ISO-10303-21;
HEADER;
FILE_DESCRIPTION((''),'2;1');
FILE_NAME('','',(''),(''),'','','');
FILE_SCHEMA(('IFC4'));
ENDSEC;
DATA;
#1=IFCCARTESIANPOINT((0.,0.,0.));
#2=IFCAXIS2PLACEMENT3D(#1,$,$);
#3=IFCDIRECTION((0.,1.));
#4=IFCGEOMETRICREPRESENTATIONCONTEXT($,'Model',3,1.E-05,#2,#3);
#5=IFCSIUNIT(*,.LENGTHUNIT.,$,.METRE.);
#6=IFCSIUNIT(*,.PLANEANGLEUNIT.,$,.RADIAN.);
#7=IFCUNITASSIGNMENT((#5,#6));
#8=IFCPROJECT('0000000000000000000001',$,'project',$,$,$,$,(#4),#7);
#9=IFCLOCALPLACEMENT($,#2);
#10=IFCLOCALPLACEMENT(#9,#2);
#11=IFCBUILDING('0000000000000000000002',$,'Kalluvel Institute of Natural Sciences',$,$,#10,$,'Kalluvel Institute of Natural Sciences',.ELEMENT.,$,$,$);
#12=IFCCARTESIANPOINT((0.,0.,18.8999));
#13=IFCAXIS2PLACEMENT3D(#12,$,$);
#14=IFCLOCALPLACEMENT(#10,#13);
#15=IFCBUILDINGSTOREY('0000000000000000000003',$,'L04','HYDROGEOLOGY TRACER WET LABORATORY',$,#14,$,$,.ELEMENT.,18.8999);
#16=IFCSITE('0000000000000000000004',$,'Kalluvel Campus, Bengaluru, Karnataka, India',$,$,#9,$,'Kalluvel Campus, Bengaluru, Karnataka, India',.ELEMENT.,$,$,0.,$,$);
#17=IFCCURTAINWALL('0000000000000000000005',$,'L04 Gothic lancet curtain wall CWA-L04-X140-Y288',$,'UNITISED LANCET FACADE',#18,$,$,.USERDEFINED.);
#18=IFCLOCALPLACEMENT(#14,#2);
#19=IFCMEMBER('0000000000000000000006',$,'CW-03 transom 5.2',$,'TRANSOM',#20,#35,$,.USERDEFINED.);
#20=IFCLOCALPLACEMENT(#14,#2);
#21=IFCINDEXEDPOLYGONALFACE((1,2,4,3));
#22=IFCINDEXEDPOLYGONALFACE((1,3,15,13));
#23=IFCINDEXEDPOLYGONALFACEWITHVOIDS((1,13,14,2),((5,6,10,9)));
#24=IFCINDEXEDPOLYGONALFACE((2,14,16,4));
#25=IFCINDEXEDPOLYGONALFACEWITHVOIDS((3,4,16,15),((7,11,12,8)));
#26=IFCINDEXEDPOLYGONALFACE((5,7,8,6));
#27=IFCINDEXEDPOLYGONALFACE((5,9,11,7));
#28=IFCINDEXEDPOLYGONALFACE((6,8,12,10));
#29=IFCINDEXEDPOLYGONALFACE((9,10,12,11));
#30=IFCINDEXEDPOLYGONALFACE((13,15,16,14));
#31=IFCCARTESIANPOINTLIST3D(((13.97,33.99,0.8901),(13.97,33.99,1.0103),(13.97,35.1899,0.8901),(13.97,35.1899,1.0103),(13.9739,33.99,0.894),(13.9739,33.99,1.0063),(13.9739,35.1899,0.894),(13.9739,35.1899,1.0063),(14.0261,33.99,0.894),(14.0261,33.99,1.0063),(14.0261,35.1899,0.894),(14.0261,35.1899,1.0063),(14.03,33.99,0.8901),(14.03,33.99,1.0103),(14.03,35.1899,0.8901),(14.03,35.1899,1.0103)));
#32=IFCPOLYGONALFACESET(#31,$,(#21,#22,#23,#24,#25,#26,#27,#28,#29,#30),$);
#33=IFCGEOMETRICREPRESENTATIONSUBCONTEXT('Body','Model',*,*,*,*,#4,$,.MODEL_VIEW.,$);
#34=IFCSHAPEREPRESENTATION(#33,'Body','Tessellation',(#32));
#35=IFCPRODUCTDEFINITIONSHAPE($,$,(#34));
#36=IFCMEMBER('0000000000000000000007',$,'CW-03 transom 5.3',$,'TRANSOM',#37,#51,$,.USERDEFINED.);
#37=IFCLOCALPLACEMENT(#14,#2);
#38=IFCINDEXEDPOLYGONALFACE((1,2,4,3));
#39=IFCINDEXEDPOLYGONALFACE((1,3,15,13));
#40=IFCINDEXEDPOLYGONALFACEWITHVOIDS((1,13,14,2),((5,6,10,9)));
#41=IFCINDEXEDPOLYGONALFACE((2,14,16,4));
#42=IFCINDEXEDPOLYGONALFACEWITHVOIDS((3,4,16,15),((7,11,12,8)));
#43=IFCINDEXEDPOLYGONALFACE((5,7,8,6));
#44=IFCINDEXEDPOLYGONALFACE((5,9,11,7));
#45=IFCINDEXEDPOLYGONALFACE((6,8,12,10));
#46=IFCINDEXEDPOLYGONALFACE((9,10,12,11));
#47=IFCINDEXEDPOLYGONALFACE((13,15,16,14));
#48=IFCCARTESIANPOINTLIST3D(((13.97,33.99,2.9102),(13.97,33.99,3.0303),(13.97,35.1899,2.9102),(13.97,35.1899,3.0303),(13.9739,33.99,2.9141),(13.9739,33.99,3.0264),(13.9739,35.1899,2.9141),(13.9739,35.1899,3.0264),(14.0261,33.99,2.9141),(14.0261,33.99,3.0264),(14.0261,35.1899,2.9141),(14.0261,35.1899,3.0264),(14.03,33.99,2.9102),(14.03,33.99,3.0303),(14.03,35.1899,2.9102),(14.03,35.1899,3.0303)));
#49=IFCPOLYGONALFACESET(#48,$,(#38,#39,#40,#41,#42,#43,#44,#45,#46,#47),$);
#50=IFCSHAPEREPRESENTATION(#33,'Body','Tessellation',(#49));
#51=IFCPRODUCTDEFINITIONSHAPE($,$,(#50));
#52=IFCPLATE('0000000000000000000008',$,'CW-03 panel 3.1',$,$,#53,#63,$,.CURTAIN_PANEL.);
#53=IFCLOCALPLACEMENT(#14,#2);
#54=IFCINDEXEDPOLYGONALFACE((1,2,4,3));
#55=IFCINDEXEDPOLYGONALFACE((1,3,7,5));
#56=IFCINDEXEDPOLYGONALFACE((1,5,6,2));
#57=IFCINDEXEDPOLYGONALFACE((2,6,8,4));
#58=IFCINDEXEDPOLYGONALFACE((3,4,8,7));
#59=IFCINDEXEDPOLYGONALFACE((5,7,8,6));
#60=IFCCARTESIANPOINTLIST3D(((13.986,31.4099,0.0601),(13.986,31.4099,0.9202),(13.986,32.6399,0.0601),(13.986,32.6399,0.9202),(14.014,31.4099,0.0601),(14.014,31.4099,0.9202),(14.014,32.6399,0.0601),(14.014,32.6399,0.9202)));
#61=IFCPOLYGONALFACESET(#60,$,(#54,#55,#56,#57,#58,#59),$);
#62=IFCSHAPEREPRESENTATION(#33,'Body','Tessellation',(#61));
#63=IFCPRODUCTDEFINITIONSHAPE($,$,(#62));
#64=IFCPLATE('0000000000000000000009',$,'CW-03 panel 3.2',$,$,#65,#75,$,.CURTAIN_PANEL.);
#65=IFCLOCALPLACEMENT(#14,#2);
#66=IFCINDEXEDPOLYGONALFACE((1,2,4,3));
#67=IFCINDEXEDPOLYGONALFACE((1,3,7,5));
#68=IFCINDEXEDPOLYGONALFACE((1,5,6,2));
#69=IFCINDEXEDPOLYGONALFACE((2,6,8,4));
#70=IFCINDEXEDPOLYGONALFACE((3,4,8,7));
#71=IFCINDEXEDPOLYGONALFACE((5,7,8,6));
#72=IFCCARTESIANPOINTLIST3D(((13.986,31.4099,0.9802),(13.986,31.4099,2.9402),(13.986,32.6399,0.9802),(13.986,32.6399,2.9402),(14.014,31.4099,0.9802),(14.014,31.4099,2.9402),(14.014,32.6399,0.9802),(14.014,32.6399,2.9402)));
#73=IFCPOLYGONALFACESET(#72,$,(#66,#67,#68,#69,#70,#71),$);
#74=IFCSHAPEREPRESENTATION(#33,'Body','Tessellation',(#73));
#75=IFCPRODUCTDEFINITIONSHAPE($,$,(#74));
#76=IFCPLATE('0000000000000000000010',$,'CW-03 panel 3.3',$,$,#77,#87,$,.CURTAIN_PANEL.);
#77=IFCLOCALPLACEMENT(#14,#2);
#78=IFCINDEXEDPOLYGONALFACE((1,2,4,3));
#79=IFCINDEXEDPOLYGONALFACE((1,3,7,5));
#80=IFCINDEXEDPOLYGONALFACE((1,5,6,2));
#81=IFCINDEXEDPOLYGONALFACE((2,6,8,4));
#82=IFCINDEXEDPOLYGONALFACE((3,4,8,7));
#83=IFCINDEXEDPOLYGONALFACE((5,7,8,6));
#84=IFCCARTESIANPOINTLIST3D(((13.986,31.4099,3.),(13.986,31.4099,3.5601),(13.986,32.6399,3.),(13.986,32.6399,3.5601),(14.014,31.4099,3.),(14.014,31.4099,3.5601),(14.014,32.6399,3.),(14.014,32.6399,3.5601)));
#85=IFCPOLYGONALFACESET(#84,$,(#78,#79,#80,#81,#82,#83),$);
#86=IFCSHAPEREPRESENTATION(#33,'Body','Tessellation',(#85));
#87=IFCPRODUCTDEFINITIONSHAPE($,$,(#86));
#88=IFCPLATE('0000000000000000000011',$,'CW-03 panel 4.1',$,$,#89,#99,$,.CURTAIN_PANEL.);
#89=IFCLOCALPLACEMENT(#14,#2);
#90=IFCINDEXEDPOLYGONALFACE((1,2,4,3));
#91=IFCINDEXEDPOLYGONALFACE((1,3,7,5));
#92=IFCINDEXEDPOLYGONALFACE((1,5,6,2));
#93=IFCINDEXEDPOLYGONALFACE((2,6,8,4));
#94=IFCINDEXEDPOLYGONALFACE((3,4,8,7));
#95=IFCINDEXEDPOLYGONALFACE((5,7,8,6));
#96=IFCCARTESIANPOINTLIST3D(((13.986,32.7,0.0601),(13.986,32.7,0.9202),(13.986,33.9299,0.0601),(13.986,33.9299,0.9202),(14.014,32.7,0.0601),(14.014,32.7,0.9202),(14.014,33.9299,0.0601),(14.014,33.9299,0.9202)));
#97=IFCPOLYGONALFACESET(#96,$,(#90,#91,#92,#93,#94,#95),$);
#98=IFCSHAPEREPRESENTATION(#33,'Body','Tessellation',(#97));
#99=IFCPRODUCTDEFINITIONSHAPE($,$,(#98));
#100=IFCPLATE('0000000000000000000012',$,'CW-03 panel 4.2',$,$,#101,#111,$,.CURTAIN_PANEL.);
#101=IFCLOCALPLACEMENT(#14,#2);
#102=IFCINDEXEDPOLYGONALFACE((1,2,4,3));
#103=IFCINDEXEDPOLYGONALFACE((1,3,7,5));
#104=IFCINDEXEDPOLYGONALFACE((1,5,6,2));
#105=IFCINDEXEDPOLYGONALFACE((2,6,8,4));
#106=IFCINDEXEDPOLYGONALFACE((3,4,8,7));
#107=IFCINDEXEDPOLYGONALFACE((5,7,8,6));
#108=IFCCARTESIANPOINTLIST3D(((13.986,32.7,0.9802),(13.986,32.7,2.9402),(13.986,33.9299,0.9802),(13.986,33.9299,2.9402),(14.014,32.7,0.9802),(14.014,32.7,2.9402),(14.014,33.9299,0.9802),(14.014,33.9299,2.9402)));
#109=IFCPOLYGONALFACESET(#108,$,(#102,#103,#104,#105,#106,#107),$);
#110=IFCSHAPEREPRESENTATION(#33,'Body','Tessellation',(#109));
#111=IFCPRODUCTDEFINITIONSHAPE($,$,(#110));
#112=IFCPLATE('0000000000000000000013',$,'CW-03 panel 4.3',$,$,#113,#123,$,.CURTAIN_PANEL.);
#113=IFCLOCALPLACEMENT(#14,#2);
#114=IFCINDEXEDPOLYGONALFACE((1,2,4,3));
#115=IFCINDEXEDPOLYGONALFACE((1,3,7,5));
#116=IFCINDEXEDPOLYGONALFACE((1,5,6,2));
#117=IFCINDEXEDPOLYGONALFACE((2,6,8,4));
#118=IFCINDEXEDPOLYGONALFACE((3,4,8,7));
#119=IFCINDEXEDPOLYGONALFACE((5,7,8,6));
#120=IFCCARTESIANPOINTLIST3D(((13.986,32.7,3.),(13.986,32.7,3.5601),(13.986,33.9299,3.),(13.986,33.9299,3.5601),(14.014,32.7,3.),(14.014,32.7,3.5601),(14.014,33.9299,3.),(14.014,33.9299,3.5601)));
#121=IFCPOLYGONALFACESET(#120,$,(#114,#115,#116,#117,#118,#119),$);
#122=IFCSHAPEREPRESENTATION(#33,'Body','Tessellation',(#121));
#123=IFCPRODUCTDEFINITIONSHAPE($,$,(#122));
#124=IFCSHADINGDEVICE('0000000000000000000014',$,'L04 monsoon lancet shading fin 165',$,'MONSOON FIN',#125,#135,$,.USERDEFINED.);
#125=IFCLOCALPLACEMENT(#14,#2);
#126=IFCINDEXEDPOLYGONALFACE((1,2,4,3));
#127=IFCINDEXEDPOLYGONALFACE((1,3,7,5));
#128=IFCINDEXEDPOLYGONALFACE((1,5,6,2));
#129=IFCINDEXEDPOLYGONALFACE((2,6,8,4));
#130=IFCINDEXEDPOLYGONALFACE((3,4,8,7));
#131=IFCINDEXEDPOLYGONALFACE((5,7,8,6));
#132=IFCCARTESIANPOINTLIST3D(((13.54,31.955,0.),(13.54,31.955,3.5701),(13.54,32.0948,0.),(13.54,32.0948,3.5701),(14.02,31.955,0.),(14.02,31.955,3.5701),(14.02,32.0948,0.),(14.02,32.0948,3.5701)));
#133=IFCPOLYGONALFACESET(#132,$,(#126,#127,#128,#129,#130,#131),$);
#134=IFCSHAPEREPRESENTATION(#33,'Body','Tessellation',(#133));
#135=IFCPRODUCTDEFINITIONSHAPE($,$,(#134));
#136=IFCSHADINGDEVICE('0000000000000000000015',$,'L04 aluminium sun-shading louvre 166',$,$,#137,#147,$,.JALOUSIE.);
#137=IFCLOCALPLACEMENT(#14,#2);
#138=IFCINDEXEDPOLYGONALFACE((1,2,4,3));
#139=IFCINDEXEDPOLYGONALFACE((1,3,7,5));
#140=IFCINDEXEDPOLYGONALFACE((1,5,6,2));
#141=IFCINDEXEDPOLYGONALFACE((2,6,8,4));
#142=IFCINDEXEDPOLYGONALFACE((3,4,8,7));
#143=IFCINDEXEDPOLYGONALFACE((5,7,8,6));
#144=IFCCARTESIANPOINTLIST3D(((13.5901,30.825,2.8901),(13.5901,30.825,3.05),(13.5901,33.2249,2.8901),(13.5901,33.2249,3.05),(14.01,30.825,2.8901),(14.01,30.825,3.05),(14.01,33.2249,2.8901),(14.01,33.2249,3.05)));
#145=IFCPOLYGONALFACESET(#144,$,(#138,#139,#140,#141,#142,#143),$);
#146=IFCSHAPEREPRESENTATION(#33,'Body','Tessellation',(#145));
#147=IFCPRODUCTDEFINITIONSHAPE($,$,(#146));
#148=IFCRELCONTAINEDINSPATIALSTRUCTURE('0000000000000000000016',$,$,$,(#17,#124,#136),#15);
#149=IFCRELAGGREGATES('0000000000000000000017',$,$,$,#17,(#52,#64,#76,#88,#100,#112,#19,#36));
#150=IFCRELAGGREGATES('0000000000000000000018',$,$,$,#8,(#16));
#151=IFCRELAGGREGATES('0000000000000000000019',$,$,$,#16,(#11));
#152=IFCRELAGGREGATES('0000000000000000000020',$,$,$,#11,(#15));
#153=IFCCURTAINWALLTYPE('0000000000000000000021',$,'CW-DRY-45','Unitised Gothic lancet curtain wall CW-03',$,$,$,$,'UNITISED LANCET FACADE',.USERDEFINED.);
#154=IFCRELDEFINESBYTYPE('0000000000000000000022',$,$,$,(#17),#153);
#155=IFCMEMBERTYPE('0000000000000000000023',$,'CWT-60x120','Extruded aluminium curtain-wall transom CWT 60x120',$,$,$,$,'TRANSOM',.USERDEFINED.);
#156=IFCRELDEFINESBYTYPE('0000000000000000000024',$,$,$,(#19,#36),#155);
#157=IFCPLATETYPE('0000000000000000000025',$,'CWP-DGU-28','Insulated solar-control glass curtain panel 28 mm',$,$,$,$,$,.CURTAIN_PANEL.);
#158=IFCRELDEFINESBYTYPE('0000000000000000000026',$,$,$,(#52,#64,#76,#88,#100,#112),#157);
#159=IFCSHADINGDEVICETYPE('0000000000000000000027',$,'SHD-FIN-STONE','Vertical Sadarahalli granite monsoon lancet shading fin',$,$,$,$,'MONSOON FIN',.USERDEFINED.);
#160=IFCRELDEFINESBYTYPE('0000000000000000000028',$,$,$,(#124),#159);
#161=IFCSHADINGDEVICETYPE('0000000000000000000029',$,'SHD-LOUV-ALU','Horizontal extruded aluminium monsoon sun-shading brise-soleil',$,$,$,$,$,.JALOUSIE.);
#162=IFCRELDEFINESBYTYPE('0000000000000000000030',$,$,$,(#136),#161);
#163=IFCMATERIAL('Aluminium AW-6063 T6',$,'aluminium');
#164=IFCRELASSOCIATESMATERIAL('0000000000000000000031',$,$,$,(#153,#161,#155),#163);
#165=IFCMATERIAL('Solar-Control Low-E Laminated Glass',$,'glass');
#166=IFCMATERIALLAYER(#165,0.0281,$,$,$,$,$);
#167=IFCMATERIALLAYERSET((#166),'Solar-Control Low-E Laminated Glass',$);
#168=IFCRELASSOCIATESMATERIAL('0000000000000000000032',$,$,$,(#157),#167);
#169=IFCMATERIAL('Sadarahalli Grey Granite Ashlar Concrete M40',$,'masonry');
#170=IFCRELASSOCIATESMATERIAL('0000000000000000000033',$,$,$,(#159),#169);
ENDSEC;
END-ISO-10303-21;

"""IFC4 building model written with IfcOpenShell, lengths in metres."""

from ifc_helpers import new_model, si_unit, direction, frame, origin, origin_2d, place, context, subcontext, project, spatial, rectangle, hollow_rectangle, extrude, material, layer, layer_set, material_profile, profile_set, type_object, element, aggregate, save


model = new_model("IFC4")

# Units and contexts
model_context = context("Model", 3, precision=1e-05, world=origin(), true_north=direction((0.0, 1.0)))
body_context = subcontext(model_context, "Body", "Model", "MODEL_VIEW")
ifc_project = project(units=[si_unit("LENGTHUNIT", "METRE"), si_unit("PLANEANGLEUNIT", "RADIAN")], contexts=[model_context])

# Site, building, storey
site_placement = place(None, origin())
site = spatial("IfcSite", under=ifc_project, at=site_placement, Name="Kalluvel Campus, Bengaluru, Karnataka, India", LongName="Kalluvel Campus, Bengaluru, Karnataka, India", CompositionType="ELEMENT", RefElevation=0.0)
building_placement = place(site_placement, origin())
building = spatial("IfcBuilding", under=site, at=building_placement, Name="Kalluvel Institute of Natural Sciences", LongName="Kalluvel Institute of Natural Sciences", CompositionType="ELEMENT")
storey_placement = place(building_placement, frame((0.0, 0.0, 18.8999)))
storey = spatial("IfcBuildingStorey", under=building, at=storey_placement, Name="L04", Description="HYDROGEOLOGY TRACER WET LABORATORY", CompositionType="ELEMENT", Elevation=18.8999)

# Curtain wall, members, plates
ifc_material_1 = material(Name="Aluminium AW-6063 T6", Category="aluminium")
curtain_wall_type = type_object("IfcCurtainWallType", Name="CW-DRY-45", Description="Unitised Gothic lancet curtain wall CW-03", ElementType="UNITISED LANCET FACADE", PredefinedType="USERDEFINED", material=ifc_material_1)
curtain_wall_placement = place(storey_placement, origin())
curtain_wall = element("IfcCurtainWall", 1, at=curtain_wall_placement, inside=storey, type_object=curtain_wall_type, Name="L04 Gothic lancet curtain wall CWA-L04-X140-Y288", ObjectType="UNITISED LANCET FACADE", PredefinedType="USERDEFINED")
ifc_material_profile_1 = material_profile(ifc_material_1, hollow_rectangle(XDim=0.0601, YDim=0.1201, WallThickness=0.0039, at=origin_2d()), Name="CWT 60x120")
ifc_profile_set_1 = profile_set([ifc_material_profile_1], Name="Aluminium AW-6063 T6")
member_type_1 = type_object("IfcMemberType", Name="CWT-60x120", Description="Extruded aluminium curtain-wall transom CWT 60x120", ElementType="TRANSOM", PredefinedType="USERDEFINED", material=ifc_profile_set_1)
member_1_placement = place(storey_placement, frame((14.0, 33.99, 0.9502), z_axis=(0.0, 1.0, 0.0), x_axis=(-1.0, 0.0, 0.0)))
member_1 = element("IfcMember", 2, at=member_1_placement, type_object=member_type_1, Name="CW-03 transom 5.2", ObjectType="TRANSOM", PredefinedType="USERDEFINED", context=body_context, shape_type="SweptSolid", body=[
    extrude(hollow_rectangle(XDim=0.0601, YDim=0.1201, WallThickness=0.0039, at=origin_2d()), origin(), (0.0, 0.0, 1.0), 1.2),
])
member_2_placement = place(storey_placement, frame((14.0, 33.99, 2.9702), z_axis=(0.0, 1.0, 0.0), x_axis=(-1.0, 0.0, 0.0)))
member_2 = element("IfcMember", 3, at=member_2_placement, type_object=member_type_1, Name="CW-03 transom 5.3", ObjectType="TRANSOM", PredefinedType="USERDEFINED", context=body_context, shape_type="SweptSolid", body=[
    extrude(hollow_rectangle(XDim=0.0601, YDim=0.1201, WallThickness=0.0039, at=origin_2d()), origin(), (0.0, 0.0, 1.0), 1.2),
])
ifc_material_2 = material(Name="Solar-Control Low-E Laminated Glass", Category="glass")
ifc_layer = layer(ifc_material_2, 0.0281)
ifc_layer_set = layer_set([ifc_layer], Name="Solar-Control Low-E Laminated Glass")
plate_type = type_object("IfcPlateType", Name="CWP-DGU-28", Description="Insulated solar-control glass curtain panel 28 mm", PredefinedType="CURTAIN_PANEL", material=ifc_layer_set)
plate_1_placement = place(storey_placement, frame((14.0, 32.0249, 0.0601), z_axis=(0.0, 0.0, 1.0), x_axis=(0.0, 1.0, 0.0)))
plate_1 = element("IfcPlate", 4, at=plate_1_placement, type_object=plate_type, Name="CW-03 panel 3.1", PredefinedType="CURTAIN_PANEL", context=body_context, shape_type="SweptSolid", body=[
    extrude(rectangle(XDim=1.23, YDim=0.0281, at=origin_2d()), origin(), (0.0, 0.0, 1.0), 0.8601),
])
plate_2_placement = place(storey_placement, frame((14.0, 32.0249, 0.9802), z_axis=(0.0, 0.0, 1.0), x_axis=(0.0, 1.0, 0.0)))
plate_2 = element("IfcPlate", 5, at=plate_2_placement, type_object=plate_type, Name="CW-03 panel 3.2", PredefinedType="CURTAIN_PANEL", context=body_context, shape_type="SweptSolid", body=[
    extrude(rectangle(XDim=1.23, YDim=0.0281, at=origin_2d()), origin(), (0.0, 0.0, 1.0), 1.96),
])
plate_3_placement = place(storey_placement, frame((14.0, 32.0249, 3.0), z_axis=(0.0, 0.0, 1.0), x_axis=(0.0, 1.0, 0.0)))
plate_3 = element("IfcPlate", 6, at=plate_3_placement, type_object=plate_type, Name="CW-03 panel 3.3", PredefinedType="CURTAIN_PANEL", context=body_context, shape_type="SweptSolid", body=[
    extrude(rectangle(XDim=1.23, YDim=0.0281, at=origin_2d()), origin(), (0.0, 0.0, 1.0), 0.5601),
])
plate_4_placement = place(storey_placement, frame((14.0, 33.3149, 0.0601), z_axis=(0.0, 0.0, 1.0), x_axis=(0.0, 1.0, 0.0)))
plate_4 = element("IfcPlate", 7, at=plate_4_placement, type_object=plate_type, Name="CW-03 panel 4.1", PredefinedType="CURTAIN_PANEL", context=body_context, shape_type="SweptSolid", body=[
    extrude(rectangle(XDim=1.23, YDim=0.0281, at=origin_2d()), origin(), (0.0, 0.0, 1.0), 0.8601),
])
plate_5_placement = place(storey_placement, frame((14.0, 33.3149, 0.9802), z_axis=(0.0, 0.0, 1.0), x_axis=(0.0, 1.0, 0.0)))
plate_5 = element("IfcPlate", 8, at=plate_5_placement, type_object=plate_type, Name="CW-03 panel 4.2", PredefinedType="CURTAIN_PANEL", context=body_context, shape_type="SweptSolid", body=[
    extrude(rectangle(XDim=1.23, YDim=0.0281, at=origin_2d()), origin(), (0.0, 0.0, 1.0), 1.96),
])
plate_6_placement = place(storey_placement, frame((14.0, 33.3149, 3.0), z_axis=(0.0, 0.0, 1.0), x_axis=(0.0, 1.0, 0.0)))
plate_6 = element("IfcPlate", 9, at=plate_6_placement, type_object=plate_type, Name="CW-03 panel 4.3", PredefinedType="CURTAIN_PANEL", context=body_context, shape_type="SweptSolid", body=[
    extrude(rectangle(XDim=1.23, YDim=0.0281, at=origin_2d()), origin(), (0.0, 0.0, 1.0), 0.5601),
])
aggregate(curtain_wall, [plate_1, plate_2, plate_3, plate_4, plate_5, plate_6, member_1, member_2])

# Shading devices
ifc_material_3 = material(Name="Sadarahalli Grey Granite Ashlar Concrete M40", Category="masonry")
shading_device_type_1 = type_object("IfcShadingDeviceType", Name="SHD-FIN-STONE", Description="Vertical Sadarahalli granite monsoon lancet shading fin", ElementType="MONSOON FIN", PredefinedType="USERDEFINED", material=ifc_material_3)
shading_device_1_placement = place(storey_placement, frame((13.78, 32.0249, 0.0), z_axis=(0.0, 0.0, 1.0), x_axis=(0.0, 1.0, 0.0)))
element("IfcShadingDevice", 10, at=shading_device_1_placement, inside=storey, type_object=shading_device_type_1, Name="L04 monsoon lancet shading fin 165", ObjectType="MONSOON FIN", PredefinedType="USERDEFINED", context=body_context, shape_type="SweptSolid", body=[
    extrude(rectangle(XDim=0.1399, YDim=0.48, at=origin_2d()), origin(), (0.0, 0.0, 1.0), 3.5701),
])
shading_device_type_2 = type_object("IfcShadingDeviceType", Name="SHD-LOUV-ALU", Description="Horizontal extruded aluminium monsoon sun-shading brise-soleil", PredefinedType="JALOUSIE", material=ifc_material_1)
shading_device_2_placement = place(storey_placement, frame((13.8, 32.0249, 2.8901), z_axis=(0.0, 0.0, 1.0), x_axis=(0.0, 1.0, 0.0)))
element("IfcShadingDevice", 11, at=shading_device_2_placement, inside=storey, type_object=shading_device_type_2, Name="L04 aluminium sun-shading louvre 166", PredefinedType="JALOUSIE", context=body_context, shape_type="SweptSolid", body=[
    extrude(rectangle(XDim=2.3999, YDim=0.4199, at=origin_2d()), origin(), (0.0, 0.0, 1.0), 0.1599),
])

save(model, "model.ifc")
